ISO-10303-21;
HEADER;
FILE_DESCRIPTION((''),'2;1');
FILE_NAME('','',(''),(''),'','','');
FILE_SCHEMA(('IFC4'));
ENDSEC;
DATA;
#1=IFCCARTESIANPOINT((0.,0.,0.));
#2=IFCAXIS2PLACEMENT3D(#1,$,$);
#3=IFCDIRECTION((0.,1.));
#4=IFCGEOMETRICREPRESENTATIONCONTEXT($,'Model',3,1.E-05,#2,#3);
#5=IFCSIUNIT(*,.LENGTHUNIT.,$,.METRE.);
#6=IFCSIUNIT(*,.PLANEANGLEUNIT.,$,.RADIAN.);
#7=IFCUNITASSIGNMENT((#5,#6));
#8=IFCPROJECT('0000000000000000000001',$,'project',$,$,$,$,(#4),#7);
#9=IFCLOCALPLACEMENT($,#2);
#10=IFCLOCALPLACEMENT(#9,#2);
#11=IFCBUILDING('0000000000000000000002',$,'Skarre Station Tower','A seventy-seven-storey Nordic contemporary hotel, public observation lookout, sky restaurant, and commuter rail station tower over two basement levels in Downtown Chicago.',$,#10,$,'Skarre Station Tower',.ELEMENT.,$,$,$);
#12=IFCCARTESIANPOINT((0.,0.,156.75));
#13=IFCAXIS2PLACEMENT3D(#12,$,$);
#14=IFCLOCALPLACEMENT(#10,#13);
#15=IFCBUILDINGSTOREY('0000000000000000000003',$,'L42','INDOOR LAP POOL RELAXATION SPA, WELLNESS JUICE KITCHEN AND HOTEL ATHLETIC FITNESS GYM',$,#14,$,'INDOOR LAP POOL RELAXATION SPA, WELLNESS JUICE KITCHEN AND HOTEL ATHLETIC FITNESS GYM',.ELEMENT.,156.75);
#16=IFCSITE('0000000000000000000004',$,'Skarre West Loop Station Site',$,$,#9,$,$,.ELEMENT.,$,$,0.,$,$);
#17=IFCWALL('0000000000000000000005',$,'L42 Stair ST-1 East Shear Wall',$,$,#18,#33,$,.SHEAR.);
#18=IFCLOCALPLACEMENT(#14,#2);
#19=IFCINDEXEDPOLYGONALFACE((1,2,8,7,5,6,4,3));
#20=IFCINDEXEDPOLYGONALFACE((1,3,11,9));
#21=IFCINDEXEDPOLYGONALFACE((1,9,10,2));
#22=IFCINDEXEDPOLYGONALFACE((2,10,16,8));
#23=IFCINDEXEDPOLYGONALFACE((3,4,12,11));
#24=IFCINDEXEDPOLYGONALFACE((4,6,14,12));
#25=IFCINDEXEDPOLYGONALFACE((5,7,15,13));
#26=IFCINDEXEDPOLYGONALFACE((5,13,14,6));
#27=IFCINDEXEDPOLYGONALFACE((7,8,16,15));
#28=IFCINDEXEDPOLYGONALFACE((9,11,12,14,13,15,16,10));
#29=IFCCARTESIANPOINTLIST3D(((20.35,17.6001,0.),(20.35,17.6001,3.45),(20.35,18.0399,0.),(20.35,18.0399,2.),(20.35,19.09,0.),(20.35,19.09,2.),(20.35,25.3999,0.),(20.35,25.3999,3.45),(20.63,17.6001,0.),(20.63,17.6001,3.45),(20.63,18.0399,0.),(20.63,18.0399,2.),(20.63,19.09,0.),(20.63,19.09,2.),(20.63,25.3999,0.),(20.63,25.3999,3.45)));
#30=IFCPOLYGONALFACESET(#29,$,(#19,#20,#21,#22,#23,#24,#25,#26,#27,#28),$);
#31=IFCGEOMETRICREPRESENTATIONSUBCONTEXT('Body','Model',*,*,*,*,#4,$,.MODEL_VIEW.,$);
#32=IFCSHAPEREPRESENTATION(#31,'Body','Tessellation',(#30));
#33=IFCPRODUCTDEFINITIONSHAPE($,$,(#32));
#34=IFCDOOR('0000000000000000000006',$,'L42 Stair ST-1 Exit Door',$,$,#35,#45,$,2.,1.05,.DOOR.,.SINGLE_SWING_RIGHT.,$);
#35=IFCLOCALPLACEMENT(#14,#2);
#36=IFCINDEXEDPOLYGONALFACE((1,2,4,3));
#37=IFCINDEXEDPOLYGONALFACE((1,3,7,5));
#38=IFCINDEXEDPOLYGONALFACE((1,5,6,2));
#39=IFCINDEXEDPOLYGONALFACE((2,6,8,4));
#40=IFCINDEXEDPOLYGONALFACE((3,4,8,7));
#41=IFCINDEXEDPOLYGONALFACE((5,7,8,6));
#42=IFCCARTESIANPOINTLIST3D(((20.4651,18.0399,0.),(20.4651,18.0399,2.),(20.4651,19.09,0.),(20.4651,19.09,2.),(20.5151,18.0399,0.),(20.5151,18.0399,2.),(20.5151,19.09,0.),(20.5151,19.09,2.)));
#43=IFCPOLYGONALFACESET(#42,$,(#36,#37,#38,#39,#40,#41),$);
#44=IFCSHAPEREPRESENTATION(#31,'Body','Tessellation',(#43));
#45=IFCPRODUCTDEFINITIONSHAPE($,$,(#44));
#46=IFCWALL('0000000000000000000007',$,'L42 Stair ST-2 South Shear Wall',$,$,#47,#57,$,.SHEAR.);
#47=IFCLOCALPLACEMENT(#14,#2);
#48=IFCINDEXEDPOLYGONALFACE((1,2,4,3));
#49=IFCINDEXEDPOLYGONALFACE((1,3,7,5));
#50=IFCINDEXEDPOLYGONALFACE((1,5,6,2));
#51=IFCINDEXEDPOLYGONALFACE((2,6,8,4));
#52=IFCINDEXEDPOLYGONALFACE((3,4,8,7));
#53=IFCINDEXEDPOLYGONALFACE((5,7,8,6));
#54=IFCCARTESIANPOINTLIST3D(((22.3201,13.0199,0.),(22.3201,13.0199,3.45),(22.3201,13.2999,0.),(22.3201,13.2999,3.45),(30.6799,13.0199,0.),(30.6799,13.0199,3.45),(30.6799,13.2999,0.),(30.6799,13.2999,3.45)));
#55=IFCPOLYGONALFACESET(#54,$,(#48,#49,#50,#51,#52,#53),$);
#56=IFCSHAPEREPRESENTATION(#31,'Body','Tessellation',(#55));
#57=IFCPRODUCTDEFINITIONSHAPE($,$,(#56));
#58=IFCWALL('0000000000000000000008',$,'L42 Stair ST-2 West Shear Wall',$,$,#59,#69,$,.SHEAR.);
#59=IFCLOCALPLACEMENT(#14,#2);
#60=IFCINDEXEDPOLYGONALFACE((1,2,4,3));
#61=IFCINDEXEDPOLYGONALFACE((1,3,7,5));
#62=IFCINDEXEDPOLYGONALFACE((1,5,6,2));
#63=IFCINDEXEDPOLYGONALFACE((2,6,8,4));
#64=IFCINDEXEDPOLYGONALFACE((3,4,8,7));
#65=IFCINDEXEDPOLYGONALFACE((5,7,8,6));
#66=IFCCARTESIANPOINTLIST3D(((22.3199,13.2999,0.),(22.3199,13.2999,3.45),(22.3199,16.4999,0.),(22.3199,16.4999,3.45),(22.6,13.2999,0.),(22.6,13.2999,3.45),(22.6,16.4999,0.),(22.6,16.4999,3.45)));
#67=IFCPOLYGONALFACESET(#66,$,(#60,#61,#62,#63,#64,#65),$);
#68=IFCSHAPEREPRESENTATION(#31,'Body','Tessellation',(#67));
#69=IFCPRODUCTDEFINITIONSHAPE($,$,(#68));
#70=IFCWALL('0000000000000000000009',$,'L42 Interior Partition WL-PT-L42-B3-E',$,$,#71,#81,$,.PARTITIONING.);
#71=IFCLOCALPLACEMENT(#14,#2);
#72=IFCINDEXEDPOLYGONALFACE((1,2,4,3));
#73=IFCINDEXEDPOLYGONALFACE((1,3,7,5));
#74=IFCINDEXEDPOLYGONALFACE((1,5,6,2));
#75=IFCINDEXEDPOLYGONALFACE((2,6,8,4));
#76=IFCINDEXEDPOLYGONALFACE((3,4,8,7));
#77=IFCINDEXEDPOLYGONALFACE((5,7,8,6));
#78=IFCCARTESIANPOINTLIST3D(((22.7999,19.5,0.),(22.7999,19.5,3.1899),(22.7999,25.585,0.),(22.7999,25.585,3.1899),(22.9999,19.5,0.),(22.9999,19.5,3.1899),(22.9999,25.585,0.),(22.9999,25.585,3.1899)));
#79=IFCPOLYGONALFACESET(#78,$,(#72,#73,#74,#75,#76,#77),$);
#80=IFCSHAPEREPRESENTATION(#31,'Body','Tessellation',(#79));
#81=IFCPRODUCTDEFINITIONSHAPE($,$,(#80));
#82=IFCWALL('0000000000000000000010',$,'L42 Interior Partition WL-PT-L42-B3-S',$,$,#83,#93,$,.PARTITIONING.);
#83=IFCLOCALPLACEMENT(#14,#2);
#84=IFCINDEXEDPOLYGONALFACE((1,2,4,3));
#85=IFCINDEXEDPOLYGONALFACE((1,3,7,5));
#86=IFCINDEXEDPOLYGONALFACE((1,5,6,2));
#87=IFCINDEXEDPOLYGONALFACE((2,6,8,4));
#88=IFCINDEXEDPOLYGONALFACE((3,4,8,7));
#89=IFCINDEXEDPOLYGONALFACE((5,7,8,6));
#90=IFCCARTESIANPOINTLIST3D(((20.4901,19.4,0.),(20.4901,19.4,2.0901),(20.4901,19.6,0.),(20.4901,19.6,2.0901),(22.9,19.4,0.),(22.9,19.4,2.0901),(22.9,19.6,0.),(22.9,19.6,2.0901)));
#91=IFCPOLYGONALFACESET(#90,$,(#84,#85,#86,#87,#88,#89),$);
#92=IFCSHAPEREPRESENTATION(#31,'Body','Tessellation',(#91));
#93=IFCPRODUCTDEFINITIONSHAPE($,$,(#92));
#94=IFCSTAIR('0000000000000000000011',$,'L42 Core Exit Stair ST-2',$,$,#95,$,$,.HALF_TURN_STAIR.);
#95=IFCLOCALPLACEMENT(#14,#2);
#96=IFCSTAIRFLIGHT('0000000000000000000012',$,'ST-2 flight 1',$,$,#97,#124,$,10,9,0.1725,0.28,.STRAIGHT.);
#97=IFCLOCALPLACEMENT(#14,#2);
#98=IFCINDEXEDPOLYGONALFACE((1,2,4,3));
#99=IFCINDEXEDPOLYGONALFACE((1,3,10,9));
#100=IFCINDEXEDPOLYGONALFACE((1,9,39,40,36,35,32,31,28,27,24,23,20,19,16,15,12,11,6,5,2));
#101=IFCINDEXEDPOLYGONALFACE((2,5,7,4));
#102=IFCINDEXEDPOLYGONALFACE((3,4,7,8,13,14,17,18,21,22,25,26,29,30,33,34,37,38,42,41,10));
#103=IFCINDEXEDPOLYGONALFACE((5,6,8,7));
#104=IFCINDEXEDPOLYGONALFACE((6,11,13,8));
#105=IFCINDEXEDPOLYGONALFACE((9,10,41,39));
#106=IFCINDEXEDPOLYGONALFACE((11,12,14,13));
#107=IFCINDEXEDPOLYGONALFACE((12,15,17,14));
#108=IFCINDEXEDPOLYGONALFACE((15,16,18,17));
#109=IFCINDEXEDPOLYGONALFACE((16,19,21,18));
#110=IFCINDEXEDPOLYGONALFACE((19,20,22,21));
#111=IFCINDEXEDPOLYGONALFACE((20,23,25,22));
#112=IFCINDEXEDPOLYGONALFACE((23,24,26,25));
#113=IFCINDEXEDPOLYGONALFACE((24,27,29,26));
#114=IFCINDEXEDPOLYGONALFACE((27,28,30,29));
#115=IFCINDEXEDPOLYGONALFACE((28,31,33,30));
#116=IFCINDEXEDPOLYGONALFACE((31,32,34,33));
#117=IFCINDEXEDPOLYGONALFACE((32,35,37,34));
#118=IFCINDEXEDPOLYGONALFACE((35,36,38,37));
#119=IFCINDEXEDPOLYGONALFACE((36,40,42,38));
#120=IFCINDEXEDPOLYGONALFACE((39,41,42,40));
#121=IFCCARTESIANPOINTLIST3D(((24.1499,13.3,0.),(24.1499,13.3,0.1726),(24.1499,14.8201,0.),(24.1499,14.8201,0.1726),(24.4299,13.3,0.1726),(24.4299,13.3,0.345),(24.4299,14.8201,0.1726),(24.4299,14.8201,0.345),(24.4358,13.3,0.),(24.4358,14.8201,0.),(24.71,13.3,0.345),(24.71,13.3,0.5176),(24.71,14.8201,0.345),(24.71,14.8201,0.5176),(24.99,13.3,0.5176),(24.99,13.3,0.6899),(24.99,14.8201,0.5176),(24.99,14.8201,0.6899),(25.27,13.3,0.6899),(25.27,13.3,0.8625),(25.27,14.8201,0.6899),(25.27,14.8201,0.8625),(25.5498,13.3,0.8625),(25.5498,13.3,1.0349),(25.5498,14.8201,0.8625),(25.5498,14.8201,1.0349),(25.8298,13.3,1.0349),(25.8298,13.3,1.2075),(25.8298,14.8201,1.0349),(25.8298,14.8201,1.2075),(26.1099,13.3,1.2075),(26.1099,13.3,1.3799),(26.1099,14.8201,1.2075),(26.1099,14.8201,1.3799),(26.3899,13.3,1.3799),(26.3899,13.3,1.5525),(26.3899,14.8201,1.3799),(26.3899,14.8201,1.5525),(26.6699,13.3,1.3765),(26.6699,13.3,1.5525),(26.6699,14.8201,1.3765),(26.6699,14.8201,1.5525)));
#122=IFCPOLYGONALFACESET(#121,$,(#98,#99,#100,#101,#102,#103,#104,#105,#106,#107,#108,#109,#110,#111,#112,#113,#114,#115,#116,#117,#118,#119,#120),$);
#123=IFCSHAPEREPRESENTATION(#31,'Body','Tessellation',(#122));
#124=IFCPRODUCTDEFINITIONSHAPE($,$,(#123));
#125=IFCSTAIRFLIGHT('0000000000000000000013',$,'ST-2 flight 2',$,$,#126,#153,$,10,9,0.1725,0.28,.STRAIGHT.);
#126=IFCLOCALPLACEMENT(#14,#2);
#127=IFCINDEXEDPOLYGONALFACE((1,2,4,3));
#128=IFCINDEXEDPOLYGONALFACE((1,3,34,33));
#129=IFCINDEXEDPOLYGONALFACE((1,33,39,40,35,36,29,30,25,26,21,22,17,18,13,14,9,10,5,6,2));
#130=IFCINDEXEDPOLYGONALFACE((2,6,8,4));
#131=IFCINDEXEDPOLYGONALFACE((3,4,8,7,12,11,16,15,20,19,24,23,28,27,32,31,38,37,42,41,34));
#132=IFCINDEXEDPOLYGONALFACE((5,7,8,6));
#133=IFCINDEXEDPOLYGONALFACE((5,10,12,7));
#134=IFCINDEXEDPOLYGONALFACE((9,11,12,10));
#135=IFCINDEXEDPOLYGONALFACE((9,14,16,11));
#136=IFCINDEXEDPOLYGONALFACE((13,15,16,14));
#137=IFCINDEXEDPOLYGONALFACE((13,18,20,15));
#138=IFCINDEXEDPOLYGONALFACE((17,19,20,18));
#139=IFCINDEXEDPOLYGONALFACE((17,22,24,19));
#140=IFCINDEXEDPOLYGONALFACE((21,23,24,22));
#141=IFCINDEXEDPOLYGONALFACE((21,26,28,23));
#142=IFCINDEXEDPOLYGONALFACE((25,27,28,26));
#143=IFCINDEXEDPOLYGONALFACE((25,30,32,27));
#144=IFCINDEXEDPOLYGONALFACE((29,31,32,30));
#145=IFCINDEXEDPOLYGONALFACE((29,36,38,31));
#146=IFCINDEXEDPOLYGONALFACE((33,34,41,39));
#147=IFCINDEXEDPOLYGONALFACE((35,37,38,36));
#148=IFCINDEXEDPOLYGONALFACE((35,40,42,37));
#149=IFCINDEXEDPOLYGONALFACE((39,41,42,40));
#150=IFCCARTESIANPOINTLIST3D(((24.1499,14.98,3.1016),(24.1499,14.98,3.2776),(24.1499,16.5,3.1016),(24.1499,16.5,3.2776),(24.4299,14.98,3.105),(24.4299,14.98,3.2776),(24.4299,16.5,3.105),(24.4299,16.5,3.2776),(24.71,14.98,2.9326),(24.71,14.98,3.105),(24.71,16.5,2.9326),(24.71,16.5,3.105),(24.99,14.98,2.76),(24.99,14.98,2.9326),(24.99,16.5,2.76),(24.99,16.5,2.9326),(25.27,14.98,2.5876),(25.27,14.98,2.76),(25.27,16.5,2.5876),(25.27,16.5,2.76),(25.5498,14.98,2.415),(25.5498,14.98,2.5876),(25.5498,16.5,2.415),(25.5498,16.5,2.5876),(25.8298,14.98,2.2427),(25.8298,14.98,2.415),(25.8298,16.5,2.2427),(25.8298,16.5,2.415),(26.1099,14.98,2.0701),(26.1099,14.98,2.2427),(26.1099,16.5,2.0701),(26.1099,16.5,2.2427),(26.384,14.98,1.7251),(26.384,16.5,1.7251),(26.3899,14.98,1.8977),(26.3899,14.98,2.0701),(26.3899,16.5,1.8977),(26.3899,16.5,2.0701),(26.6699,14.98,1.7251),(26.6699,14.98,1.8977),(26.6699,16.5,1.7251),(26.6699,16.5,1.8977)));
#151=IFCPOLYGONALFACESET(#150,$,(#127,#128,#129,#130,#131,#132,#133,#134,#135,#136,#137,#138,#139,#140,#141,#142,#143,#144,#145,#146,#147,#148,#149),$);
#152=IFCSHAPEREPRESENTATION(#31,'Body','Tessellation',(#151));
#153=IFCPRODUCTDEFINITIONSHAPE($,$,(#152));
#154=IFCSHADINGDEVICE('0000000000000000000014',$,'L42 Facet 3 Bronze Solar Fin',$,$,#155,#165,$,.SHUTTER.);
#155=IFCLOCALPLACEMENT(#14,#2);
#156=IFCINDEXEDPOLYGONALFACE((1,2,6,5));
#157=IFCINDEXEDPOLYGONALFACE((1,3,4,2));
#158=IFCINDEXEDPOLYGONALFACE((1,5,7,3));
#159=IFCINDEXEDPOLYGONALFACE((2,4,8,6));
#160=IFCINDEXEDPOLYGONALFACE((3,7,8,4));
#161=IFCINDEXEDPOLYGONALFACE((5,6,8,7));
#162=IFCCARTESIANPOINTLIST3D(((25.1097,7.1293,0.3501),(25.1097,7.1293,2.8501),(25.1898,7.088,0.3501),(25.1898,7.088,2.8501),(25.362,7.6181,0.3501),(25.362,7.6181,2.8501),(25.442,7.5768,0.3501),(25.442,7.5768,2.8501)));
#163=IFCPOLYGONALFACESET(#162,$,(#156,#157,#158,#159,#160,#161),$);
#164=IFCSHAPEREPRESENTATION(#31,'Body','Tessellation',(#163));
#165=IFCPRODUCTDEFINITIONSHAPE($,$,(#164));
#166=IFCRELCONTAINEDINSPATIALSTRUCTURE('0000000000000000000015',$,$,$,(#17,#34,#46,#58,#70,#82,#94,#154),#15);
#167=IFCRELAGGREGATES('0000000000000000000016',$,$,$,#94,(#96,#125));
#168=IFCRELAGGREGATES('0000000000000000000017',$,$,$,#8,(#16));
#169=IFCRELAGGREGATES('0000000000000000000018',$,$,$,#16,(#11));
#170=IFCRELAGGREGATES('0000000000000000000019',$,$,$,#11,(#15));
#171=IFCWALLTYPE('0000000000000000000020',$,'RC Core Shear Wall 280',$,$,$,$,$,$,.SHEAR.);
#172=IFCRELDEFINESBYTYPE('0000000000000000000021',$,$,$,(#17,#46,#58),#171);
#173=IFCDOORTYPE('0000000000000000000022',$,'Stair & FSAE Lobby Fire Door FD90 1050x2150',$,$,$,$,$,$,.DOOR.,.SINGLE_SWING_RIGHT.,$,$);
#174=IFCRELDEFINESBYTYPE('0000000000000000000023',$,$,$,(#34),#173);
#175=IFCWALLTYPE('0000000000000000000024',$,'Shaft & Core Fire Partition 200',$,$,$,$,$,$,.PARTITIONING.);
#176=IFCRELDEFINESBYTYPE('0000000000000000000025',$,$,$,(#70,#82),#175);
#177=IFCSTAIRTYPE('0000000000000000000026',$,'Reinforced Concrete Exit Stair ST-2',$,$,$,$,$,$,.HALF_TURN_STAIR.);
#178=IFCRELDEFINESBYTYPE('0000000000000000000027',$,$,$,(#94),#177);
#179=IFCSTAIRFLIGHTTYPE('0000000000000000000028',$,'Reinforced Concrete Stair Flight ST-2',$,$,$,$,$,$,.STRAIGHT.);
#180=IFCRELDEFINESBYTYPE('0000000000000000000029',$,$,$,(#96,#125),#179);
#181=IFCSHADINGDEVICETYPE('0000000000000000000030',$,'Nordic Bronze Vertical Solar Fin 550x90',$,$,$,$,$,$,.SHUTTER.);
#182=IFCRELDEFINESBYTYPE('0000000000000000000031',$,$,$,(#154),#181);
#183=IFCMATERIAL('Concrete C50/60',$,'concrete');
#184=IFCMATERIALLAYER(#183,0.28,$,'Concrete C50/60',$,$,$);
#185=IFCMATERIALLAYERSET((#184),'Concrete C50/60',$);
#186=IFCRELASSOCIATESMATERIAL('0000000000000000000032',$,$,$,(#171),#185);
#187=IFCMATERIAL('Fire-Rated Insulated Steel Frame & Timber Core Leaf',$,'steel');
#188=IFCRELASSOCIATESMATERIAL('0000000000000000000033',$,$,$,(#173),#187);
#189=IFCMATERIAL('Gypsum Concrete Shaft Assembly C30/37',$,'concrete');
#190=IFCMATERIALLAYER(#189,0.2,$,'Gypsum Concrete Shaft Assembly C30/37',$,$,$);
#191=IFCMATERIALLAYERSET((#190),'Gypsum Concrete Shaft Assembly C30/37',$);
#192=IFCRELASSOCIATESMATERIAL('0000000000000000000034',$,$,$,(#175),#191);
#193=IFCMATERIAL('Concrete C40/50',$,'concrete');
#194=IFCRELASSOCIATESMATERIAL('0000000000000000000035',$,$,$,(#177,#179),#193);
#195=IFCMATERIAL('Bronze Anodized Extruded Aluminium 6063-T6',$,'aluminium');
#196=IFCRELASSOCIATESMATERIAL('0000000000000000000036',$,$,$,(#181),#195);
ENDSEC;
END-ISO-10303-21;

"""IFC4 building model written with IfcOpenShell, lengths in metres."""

from ifc_helpers import new_model, si_unit, direction, frame, frame_2d, origin, origin_2d, place, context, subcontext, project, spatial, polyline, rectangle, outline, extrude, material, layer, layer_set, type_object, element, fill, aggregate, save


model = new_model("IFC4")

# Units and contexts
model_context = context("Model", 3, precision=1e-05, world=origin(), true_north=direction((0.0, 1.0)))
body_context = subcontext(model_context, "Body", "Model", "MODEL_VIEW")
ifc_project = project(units=[si_unit("LENGTHUNIT", "METRE"), si_unit("PLANEANGLEUNIT", "RADIAN")], contexts=[model_context])

# Site, building, storey
site_placement = place(None, origin())
site = spatial("IfcSite", under=ifc_project, at=site_placement, Name="Skarre West Loop Station Site", CompositionType="ELEMENT", RefElevation=0.0)
building_placement = place(site_placement, origin())
building = spatial("IfcBuilding", under=site, at=building_placement, Name="Skarre Station Tower", Description="A seventy-seven-storey Nordic contemporary hotel, public observation lookout, sky restaurant, and commuter rail station tower over two basement levels in Downtown Chicago.", LongName="Skarre Station Tower", CompositionType="ELEMENT")
storey_placement = place(building_placement, frame((0.0, 0.0, 156.75)))
storey = spatial("IfcBuildingStorey", under=building, at=storey_placement, Name="L42", Description="INDOOR LAP POOL RELAXATION SPA, WELLNESS JUICE KITCHEN AND HOTEL ATHLETIC FITNESS GYM", LongName="INDOOR LAP POOL RELAXATION SPA, WELLNESS JUICE KITCHEN AND HOTEL ATHLETIC FITNESS GYM", CompositionType="ELEMENT", Elevation=156.75)

# Wall, opening, door
ifc_material_1 = material(Name="Concrete C50/60", Category="concrete")
ifc_layer_1 = layer(ifc_material_1, 0.28, Name="Concrete C50/60")
ifc_layer_set_1 = layer_set([ifc_layer_1], Name="Concrete C50/60")
wall_type_1 = type_object("IfcWallType", Name="RC Core Shear Wall 280", PredefinedType="SHEAR", material=ifc_layer_set_1)
wall_1_placement = place(storey_placement, frame((20.49, 17.6001, 0.0), z_axis=(0.0, 0.0, 1.0), x_axis=(0.0, 1.0, 0.0)))
wall_1 = element("IfcWall", 1, at=wall_1_placement, inside=storey, type_object=wall_type_1, Name="L42 Stair ST-1 East Shear Wall", PredefinedType="SHEAR", context=body_context, shape_type="SweptSolid", body=[
    extrude(rectangle(XDim=7.7998, YDim=0.28, at=frame_2d((3.8999, 0.0))), origin(), (0.0, 0.0, 1.0), 3.45),
])
opening_1_placement = place(wall_1_placement, frame((0.4399, 0.0, 0.0)))
opening_1 = element("IfcOpeningElement", 2, at=opening_1_placement, cuts=wall_1, PredefinedType="OPENING", context=body_context, shape_type="SweptSolid", body=[
    extrude(rectangle(XDim=1.05, YDim=2.0, at=frame_2d((0.5249, 1.0))), frame((0.0, 0.1499, 0.0), z_axis=(0.0, -1.0, 0.0), x_axis=(1.0, 0.0, 0.0)), (0.0, 0.0, 1.0), 0.3),
])
ifc_material_2 = material(Name="Fire-Rated Insulated Steel Frame & Timber Core Leaf", Category="steel")
door_type_1 = type_object("IfcDoorType", Name="Stair & FSAE Lobby Fire Door FD90 1050x2150", OperationType="SINGLE_SWING_RIGHT", PredefinedType="DOOR", material=ifc_material_2)
door_1_placement = place(opening_1_placement, origin())
door_1 = element("IfcDoor", 3, at=door_1_placement, inside=storey, type_object=door_type_1, Name="L42 Stair ST-1 Exit Door", OperationType="SINGLE_SWING_RIGHT", OverallHeight=2.0, OverallWidth=1.05, PredefinedType="DOOR", context=body_context, shape_type="SweptSolid", body=[
    extrude(rectangle(XDim=1.05, YDim=2.0, at=frame_2d((0.5249, 1.0))), frame((0.0, 0.0249, 0.0), z_axis=(0.0, -1.0, 0.0), x_axis=(1.0, 0.0, 0.0)), (0.0, 0.0, 1.0), 0.05),
])
fill(opening_1, door_1)

# Walls
wall_2_placement = place(storey_placement, frame((22.3201, 13.1599, 0.0), z_axis=(0.0, 0.0, 1.0), x_axis=(1.0, 0.0, 0.0)))
element("IfcWall", 4, at=wall_2_placement, inside=storey, type_object=wall_type_1, Name="L42 Stair ST-2 South Shear Wall", PredefinedType="SHEAR", context=body_context, shape_type="SweptSolid", body=[
    extrude(rectangle(XDim=8.3599, YDim=0.28, at=frame_2d((4.1799, 0.0))), origin(), (0.0, 0.0, 1.0), 3.45),
])
wall_3_placement = place(storey_placement, frame((22.46, 16.5, 0.0), z_axis=(0.0, 0.0, 1.0), x_axis=(0.0, -1.0, 0.0)))
element("IfcWall", 5, at=wall_3_placement, inside=storey, type_object=wall_type_1, Name="L42 Stair ST-2 West Shear Wall", PredefinedType="SHEAR", context=body_context, shape_type="SweptSolid", body=[
    extrude(rectangle(XDim=3.2, YDim=0.28, at=frame_2d((1.6001, 0.0))), origin(), (0.0, 0.0, 1.0), 3.45),
])
ifc_material_3 = material(Name="Gypsum Concrete Shaft Assembly C30/37", Category="concrete")
ifc_layer_2 = layer(ifc_material_3, 0.2, Name="Gypsum Concrete Shaft Assembly C30/37")
ifc_layer_set_2 = layer_set([ifc_layer_2], Name="Gypsum Concrete Shaft Assembly C30/37")
wall_type_2 = type_object("IfcWallType", Name="Shaft & Core Fire Partition 200", PredefinedType="PARTITIONING", material=ifc_layer_set_2)
wall_4_placement = place(storey_placement, frame((22.8999, 19.5, 0.0), z_axis=(0.0, 0.0, 1.0), x_axis=(0.0, 1.0, 0.0)))
element("IfcWall", 6, at=wall_4_placement, inside=storey, type_object=wall_type_2, Name="L42 Interior Partition WL-PT-L42-B3-E", PredefinedType="PARTITIONING", context=body_context, shape_type="SweptSolid", body=[
    extrude(rectangle(XDim=6.085, YDim=0.2, at=frame_2d((3.0425, 0.0))), origin(), (0.0, 0.0, 1.0), 3.1899),
])
wall_5_placement = place(storey_placement, frame((20.49, 19.5, 0.0), z_axis=(0.0, 0.0, 1.0), x_axis=(1.0, 0.0, 0.0)))
element("IfcWall", 7, at=wall_5_placement, inside=storey, type_object=wall_type_2, Name="L42 Interior Partition WL-PT-L42-B3-S", PredefinedType="PARTITIONING", context=body_context, shape_type="SweptSolid", body=[
    extrude(rectangle(XDim=2.4099, YDim=0.2, at=frame_2d((1.2051, 0.0))), origin(), (0.0, 0.0, 1.0), 2.0901),
])

# Stair, stair flights
ifc_material_4 = material(Name="Concrete C40/50", Category="concrete")
stair_type = type_object("IfcStairType", Name="Reinforced Concrete Exit Stair ST-2", PredefinedType="HALF_TURN_STAIR", material=ifc_material_4)
stair_placement = place(storey_placement, origin())
stair = element("IfcStair", 8, at=stair_placement, inside=storey, type_object=stair_type, Name="L42 Core Exit Stair ST-2", PredefinedType="HALF_TURN_STAIR")
stair_flight_type = type_object("IfcStairFlightType", Name="Reinforced Concrete Stair Flight ST-2", PredefinedType="STRAIGHT", material=ifc_material_4)
stair_flight_1_placement = place(storey_placement, frame((24.1499, 14.0601, 0.0), z_axis=(0.0, 0.0, 1.0), x_axis=(1.0, 0.0, 0.0)))
stair_flight_1 = element("IfcStairFlight", 9, at=stair_flight_1_placement, type_object=stair_flight_type, Name="ST-2 flight 1", NumberOfRisers=10, NumberOfTreads=9, PredefinedType="STRAIGHT", RiserHeight=0.1725, TreadLength=0.28, context=body_context, shape_type="SweptSolid", body=[
    extrude(outline(polyline([(0.0, 0.0), (0.0, 0.1726), (0.28, 0.1726), (0.28, 0.345), (0.5601, 0.345), (0.5601, 0.5176), (0.8401, 0.5176), (0.8401, 0.6899), (1.1201, 0.6899), (1.1201, 0.8625), (1.3999, 0.8625), (1.3999, 1.0349), (1.6799, 1.0349), (1.6799, 1.2075), (1.96, 1.2075), (1.96, 1.3799), (2.24, 1.3799), (2.24, 1.5525), (2.52, 1.5525), (2.52, 1.7251), (2.52, 1.3765), (0.2859, 0.0), (0.0, 0.0)])), frame((0.0, 0.76, 0.0), z_axis=(0.0, -1.0, 0.0), x_axis=(1.0, 0.0, 0.0)), (0.0, 0.0, 1.0), 1.52),
])
stair_flight_2_placement = place(storey_placement, frame((26.6699, 15.74, 1.7251), z_axis=(0.0, 0.0, 1.0), x_axis=(-1.0, 0.0, 0.0)))
stair_flight_2 = element("IfcStairFlight", 10, at=stair_flight_2_placement, type_object=stair_flight_type, Name="ST-2 flight 2", NumberOfRisers=10, NumberOfTreads=9, PredefinedType="STRAIGHT", RiserHeight=0.1725, TreadLength=0.28, context=body_context, shape_type="SweptSolid", body=[
    extrude(outline(polyline([(0.0, 0.0), (0.0, 0.1726), (0.28, 0.1726), (0.28, 0.345), (0.5601, 0.345), (0.5601, 0.5176), (0.8401, 0.5176), (0.8401, 0.6899), (1.1201, 0.6899), (1.1201, 0.8625), (1.3999, 0.8625), (1.3999, 1.0349), (1.6799, 1.0349), (1.6799, 1.2075), (1.96, 1.2075), (1.96, 1.3799), (2.24, 1.3799), (2.24, 1.5525), (2.52, 1.5525), (2.52, 1.7251), (2.52, 1.3765), (0.2859, 0.0), (0.0, 0.0)])), frame((0.0, 0.76, 0.0), z_axis=(0.0, -1.0, 0.0), x_axis=(1.0, 0.0, 0.0)), (0.0, 0.0, 1.0), 1.52),
])
aggregate(stair, [stair_flight_1, stair_flight_2])

# Shading device
ifc_material_5 = material(Name="Bronze Anodized Extruded Aluminium 6063-T6", Category="aluminium")
shading_device_type = type_object("IfcShadingDeviceType", Name="Nordic Bronze Vertical Solar Fin 550x90", PredefinedType="SHUTTER", material=ifc_material_5)
shading_device_placement = place(storey_placement, frame((25.2759, 7.353, 0.3501), z_axis=(0.0, 0.0, 1.0), x_axis=(-0.45865, -0.888617, 0.0)))
element("IfcShadingDevice", 11, at=shading_device_placement, inside=storey, type_object=shading_device_type, Name="L42 Facet 3 Bronze Solar Fin", PredefinedType="SHUTTER", context=body_context, shape_type="SweptSolid", body=[
    extrude(rectangle(XDim=0.55, YDim=0.0901, at=origin_2d()), origin(), (0.0, 0.0, 1.0), 2.5),
])

save(model, "model.ifc")
